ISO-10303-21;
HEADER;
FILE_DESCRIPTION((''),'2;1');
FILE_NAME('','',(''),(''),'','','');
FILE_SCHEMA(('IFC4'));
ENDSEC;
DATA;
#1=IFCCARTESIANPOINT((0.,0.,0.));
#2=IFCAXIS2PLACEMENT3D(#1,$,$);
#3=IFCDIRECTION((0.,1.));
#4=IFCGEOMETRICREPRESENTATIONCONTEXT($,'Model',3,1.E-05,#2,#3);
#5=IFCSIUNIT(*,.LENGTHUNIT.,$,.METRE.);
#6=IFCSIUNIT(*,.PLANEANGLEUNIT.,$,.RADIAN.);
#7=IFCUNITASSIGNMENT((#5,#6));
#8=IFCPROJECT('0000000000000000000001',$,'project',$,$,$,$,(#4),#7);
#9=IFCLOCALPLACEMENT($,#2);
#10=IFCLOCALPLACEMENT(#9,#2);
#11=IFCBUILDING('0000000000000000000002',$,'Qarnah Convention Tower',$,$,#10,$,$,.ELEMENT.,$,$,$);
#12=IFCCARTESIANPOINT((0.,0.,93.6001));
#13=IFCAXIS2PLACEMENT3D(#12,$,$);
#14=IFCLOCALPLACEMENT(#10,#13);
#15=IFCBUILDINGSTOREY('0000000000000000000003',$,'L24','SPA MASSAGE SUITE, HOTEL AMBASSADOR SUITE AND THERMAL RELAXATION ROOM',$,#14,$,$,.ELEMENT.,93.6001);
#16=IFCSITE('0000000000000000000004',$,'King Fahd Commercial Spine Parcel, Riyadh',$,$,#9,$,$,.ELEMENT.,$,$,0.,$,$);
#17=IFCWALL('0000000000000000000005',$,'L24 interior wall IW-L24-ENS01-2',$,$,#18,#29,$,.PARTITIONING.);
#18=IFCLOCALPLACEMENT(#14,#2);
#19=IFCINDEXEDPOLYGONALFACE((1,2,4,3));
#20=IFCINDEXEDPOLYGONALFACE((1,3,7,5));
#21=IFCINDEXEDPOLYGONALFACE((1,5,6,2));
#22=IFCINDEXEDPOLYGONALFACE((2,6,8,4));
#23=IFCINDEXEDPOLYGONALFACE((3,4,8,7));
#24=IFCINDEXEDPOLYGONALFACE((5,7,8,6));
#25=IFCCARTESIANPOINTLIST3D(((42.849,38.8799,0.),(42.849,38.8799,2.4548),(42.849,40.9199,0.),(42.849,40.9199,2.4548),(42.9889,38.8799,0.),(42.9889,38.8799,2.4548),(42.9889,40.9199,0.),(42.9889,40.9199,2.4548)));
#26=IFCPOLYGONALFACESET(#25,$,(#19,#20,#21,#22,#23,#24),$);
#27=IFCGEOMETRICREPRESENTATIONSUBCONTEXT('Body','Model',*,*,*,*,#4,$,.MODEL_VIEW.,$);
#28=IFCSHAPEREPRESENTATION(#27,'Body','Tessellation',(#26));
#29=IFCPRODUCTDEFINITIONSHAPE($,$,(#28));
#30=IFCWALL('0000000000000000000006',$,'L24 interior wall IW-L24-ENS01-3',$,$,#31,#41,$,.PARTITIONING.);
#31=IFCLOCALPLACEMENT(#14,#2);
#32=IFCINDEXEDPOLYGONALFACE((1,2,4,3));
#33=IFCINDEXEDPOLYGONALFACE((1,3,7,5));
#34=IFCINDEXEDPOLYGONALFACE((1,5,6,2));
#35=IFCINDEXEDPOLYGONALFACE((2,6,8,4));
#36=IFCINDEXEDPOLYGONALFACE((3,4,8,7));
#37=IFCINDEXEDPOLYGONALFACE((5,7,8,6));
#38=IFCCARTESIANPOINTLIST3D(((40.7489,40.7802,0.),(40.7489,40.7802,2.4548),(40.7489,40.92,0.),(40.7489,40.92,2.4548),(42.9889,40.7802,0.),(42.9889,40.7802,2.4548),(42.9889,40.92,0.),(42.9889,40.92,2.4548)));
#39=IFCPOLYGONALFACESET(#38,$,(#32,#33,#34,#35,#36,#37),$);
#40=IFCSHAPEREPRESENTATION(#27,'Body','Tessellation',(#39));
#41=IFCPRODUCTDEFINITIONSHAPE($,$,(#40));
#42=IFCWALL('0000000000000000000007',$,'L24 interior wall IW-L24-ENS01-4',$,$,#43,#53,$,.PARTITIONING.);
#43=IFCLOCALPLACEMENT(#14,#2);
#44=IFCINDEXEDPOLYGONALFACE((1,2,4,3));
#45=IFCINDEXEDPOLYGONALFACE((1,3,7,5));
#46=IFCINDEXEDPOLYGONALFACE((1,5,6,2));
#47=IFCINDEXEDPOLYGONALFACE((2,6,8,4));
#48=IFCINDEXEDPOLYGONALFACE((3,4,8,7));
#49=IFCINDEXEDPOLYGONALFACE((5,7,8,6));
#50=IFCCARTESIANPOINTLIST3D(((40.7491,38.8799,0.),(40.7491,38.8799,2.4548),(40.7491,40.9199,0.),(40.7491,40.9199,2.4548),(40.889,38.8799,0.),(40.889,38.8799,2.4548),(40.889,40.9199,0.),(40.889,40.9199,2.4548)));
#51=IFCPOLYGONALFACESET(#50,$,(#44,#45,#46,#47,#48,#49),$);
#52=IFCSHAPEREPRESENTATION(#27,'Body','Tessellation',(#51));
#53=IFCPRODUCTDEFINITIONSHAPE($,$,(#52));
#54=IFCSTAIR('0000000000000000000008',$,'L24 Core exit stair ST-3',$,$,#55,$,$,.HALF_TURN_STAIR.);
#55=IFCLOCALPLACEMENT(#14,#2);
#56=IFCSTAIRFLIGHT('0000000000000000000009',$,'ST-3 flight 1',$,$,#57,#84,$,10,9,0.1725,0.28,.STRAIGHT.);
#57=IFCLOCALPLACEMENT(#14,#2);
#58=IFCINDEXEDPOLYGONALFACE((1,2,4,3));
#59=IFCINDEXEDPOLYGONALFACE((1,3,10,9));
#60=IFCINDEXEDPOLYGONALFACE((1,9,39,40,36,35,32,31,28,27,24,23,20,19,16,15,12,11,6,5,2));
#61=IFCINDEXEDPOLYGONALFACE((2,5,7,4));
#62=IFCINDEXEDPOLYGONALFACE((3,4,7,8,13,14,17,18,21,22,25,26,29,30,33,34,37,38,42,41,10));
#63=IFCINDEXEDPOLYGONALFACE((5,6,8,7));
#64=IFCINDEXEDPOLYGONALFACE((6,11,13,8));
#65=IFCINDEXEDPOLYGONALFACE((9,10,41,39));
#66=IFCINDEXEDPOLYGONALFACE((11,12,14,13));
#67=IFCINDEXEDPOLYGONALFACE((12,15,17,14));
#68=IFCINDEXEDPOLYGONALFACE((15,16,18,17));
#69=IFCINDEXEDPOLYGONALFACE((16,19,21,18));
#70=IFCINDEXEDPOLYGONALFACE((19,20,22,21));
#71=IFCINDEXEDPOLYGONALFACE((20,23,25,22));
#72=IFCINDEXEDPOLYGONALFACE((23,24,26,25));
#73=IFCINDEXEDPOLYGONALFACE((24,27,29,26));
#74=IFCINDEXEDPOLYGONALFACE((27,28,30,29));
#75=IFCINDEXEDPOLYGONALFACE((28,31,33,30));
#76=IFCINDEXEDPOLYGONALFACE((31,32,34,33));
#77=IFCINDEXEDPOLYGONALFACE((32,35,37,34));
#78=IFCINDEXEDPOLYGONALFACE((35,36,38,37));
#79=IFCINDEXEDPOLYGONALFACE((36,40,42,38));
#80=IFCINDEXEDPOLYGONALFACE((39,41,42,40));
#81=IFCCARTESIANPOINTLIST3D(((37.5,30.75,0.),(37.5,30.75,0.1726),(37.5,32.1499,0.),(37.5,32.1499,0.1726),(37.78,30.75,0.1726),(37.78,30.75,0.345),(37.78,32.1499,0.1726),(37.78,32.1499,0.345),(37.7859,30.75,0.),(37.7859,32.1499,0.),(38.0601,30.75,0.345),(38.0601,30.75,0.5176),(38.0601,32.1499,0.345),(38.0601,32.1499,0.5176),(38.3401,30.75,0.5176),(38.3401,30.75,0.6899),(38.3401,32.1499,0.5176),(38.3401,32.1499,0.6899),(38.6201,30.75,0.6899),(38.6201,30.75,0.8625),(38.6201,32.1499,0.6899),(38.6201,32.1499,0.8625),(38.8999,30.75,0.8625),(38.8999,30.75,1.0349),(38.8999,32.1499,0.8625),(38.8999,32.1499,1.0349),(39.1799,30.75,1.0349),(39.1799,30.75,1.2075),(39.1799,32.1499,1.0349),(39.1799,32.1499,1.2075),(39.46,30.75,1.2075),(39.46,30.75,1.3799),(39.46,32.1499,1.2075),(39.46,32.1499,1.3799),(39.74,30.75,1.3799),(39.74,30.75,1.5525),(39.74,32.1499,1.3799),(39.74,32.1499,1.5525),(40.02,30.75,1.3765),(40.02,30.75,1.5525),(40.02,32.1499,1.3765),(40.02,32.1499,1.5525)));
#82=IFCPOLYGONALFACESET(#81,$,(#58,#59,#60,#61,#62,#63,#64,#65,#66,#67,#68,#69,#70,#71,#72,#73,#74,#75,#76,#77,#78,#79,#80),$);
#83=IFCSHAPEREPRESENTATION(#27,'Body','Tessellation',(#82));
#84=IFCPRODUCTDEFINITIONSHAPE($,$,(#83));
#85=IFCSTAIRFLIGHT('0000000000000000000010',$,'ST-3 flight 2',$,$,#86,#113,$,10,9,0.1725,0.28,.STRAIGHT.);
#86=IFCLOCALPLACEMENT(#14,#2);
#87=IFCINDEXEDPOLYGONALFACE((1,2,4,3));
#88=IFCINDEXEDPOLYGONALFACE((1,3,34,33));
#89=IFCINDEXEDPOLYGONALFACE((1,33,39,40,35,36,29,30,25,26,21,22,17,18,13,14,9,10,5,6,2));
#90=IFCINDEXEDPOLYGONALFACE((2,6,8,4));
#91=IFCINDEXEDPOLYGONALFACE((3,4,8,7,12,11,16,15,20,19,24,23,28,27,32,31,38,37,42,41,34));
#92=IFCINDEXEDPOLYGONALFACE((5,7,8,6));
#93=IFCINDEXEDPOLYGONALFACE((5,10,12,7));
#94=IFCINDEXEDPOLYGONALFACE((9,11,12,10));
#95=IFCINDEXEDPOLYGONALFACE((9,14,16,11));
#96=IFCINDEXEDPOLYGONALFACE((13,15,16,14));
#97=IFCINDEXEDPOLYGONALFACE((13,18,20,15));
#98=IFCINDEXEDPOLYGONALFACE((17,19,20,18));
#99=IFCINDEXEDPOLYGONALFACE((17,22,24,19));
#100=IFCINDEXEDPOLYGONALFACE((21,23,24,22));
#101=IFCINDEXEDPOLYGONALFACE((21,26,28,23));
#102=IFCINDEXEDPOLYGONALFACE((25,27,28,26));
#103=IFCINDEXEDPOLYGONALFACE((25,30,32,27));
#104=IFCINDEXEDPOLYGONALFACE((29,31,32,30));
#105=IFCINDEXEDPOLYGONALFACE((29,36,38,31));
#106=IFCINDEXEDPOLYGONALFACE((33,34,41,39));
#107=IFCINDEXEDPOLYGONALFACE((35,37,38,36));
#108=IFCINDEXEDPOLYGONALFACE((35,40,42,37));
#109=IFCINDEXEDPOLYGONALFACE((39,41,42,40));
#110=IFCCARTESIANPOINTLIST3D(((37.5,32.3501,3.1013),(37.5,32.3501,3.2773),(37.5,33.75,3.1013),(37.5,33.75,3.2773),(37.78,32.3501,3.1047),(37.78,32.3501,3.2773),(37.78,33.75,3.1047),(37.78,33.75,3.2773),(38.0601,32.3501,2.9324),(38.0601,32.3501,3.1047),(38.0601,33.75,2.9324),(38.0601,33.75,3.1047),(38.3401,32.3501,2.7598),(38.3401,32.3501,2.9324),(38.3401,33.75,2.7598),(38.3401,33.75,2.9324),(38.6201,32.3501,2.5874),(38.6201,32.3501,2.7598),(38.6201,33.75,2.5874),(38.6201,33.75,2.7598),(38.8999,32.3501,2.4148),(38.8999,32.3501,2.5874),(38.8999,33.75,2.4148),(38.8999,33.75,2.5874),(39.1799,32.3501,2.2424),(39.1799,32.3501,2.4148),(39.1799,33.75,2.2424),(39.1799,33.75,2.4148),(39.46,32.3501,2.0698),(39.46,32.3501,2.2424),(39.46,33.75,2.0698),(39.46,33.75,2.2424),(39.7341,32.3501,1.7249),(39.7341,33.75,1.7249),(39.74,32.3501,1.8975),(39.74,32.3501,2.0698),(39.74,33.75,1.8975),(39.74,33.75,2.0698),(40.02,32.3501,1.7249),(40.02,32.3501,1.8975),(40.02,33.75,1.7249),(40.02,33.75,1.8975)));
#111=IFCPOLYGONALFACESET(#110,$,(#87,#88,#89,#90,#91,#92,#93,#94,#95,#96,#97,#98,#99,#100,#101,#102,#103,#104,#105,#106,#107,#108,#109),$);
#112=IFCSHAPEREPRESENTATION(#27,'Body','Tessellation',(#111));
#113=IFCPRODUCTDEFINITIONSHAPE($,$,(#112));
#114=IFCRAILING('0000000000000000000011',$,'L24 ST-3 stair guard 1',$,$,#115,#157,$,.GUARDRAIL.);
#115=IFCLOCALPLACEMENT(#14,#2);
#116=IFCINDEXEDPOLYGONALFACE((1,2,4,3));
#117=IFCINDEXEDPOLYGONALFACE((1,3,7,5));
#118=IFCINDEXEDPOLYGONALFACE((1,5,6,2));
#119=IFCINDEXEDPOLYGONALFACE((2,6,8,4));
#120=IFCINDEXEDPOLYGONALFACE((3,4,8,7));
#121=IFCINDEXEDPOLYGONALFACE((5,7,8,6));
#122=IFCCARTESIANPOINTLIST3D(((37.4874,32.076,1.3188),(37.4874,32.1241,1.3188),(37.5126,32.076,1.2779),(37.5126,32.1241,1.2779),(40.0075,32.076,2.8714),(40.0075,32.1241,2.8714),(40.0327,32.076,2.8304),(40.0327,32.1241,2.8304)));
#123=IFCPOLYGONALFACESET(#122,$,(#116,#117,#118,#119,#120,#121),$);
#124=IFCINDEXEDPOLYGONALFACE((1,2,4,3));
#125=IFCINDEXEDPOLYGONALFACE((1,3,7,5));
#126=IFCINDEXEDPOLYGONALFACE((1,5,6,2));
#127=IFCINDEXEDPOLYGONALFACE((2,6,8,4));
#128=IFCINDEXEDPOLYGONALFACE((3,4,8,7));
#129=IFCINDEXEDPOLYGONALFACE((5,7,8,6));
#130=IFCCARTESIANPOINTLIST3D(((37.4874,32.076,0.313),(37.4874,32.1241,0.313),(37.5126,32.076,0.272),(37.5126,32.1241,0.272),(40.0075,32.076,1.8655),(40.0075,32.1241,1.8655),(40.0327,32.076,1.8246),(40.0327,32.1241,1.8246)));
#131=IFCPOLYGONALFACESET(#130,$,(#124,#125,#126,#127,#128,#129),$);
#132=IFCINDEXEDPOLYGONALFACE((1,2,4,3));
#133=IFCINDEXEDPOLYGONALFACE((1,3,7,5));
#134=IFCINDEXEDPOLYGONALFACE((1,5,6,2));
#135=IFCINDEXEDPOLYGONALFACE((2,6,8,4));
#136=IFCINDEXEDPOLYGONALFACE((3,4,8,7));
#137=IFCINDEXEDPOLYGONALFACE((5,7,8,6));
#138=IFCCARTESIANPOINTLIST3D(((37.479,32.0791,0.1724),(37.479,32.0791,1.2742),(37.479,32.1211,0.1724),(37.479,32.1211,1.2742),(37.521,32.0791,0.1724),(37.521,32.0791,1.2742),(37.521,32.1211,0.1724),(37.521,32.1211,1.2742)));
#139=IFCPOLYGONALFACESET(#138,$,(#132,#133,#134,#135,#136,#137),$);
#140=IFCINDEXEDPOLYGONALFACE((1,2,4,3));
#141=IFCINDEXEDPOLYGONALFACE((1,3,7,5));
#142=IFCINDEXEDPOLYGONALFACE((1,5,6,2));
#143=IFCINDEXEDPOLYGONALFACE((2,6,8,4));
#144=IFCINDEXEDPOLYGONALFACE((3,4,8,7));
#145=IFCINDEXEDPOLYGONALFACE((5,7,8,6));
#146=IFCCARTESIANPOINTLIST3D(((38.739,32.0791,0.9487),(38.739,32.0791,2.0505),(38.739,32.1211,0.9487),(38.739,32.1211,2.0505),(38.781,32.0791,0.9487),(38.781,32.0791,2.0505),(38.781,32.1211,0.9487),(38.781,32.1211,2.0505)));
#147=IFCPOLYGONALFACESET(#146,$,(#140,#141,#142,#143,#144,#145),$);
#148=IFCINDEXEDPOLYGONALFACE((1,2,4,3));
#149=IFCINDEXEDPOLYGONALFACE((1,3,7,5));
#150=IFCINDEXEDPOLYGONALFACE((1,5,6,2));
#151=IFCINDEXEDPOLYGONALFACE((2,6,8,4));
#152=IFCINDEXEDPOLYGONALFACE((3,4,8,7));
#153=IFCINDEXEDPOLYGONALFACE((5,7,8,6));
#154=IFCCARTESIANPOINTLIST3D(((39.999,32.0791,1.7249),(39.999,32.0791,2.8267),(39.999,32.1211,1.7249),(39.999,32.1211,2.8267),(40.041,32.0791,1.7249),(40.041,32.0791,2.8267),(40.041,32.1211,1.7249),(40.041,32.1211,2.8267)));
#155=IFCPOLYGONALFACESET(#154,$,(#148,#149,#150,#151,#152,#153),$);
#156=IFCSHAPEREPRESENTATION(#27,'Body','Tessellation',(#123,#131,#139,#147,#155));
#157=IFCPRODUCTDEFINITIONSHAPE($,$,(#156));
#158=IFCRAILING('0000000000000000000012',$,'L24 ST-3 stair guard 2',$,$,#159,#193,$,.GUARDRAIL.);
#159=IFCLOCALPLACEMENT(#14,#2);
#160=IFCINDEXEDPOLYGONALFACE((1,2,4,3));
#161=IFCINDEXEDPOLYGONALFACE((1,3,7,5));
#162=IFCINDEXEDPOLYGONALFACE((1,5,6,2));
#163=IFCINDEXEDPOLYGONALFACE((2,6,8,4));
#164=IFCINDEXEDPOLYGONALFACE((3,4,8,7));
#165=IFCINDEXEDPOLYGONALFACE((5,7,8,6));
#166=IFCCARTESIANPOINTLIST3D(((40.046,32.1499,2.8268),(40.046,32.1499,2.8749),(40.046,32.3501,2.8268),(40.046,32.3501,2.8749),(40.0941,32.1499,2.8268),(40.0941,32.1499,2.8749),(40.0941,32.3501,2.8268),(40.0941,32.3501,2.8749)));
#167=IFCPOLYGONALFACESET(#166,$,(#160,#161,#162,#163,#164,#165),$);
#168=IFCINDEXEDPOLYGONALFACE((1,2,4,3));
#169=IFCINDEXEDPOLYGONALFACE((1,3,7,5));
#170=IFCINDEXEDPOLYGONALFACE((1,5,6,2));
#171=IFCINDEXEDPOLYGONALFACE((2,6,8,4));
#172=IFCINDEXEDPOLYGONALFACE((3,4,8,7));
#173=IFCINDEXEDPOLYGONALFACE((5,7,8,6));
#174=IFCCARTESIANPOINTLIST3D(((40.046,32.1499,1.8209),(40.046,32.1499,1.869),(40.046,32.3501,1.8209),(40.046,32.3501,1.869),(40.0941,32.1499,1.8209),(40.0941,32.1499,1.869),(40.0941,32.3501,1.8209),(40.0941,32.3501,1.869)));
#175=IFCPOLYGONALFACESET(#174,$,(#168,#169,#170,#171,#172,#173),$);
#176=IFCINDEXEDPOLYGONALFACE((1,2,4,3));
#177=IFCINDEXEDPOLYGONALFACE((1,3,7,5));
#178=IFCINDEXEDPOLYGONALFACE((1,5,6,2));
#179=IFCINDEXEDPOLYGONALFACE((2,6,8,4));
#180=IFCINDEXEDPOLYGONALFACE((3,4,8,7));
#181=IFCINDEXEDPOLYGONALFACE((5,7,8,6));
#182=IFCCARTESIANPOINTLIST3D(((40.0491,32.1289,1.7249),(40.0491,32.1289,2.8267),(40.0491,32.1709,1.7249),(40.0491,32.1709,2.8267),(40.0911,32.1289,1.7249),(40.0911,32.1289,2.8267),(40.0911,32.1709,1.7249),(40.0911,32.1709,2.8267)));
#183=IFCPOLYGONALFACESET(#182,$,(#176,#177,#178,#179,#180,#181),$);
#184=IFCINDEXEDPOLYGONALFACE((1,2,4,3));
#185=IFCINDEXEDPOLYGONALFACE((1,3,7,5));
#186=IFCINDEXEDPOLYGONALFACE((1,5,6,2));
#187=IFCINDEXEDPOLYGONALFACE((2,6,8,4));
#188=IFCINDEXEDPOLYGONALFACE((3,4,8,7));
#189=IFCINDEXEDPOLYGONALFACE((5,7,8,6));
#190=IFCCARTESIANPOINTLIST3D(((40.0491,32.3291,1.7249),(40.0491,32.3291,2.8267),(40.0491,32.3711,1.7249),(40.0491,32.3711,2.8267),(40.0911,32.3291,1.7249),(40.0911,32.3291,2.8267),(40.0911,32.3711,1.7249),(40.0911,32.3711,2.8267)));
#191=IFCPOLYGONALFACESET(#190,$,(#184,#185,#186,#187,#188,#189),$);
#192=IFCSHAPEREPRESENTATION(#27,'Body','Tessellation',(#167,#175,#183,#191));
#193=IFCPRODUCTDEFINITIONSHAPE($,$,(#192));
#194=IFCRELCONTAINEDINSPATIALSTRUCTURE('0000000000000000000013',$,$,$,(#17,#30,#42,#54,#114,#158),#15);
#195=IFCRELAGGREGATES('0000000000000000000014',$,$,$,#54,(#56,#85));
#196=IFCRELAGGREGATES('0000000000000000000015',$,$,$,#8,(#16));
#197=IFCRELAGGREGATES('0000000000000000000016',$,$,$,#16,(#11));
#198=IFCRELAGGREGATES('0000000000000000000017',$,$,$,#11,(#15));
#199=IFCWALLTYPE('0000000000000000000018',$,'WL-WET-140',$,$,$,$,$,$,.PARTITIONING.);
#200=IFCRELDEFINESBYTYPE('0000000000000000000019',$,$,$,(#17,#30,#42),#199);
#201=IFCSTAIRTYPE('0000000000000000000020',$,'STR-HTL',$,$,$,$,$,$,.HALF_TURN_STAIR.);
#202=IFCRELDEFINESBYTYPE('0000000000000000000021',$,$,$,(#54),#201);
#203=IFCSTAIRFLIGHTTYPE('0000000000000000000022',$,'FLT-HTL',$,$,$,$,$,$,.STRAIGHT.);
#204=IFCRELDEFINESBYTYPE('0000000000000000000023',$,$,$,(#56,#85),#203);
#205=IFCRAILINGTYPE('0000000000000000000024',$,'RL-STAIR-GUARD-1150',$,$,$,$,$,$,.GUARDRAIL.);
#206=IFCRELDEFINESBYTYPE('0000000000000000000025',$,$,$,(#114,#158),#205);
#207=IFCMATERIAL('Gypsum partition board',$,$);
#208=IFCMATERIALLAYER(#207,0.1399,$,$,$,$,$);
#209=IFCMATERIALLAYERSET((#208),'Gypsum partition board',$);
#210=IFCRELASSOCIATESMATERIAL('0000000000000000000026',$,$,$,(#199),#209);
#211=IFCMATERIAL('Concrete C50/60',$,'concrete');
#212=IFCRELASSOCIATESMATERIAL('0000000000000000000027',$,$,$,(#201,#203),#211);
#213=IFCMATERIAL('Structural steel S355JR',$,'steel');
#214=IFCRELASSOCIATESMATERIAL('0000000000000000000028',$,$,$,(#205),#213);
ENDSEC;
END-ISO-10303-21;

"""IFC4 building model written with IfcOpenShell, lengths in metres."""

from ifc_helpers import new_model, si_unit, direction, frame, frame_2d, origin, origin_2d, place, context, subcontext, project, spatial, polyline, rectangle, outline, extrude, material, layer, layer_set, type_object, element, aggregate, save


model = new_model("IFC4")

# Units and contexts
model_context = context("Model", 3, precision=1e-05, world=origin(), true_north=direction((0.0, 1.0)))
body_context = subcontext(model_context, "Body", "Model", "MODEL_VIEW")
ifc_project = project(units=[si_unit("LENGTHUNIT", "METRE"), si_unit("PLANEANGLEUNIT", "RADIAN")], contexts=[model_context])

# Site, building, storey
site_placement = place(None, origin())
site = spatial("IfcSite", under=ifc_project, at=site_placement, Name="King Fahd Commercial Spine Parcel, Riyadh", CompositionType="ELEMENT", RefElevation=0.0)
building_placement = place(site_placement, origin())
building = spatial("IfcBuilding", under=site, at=building_placement, Name="Qarnah Convention Tower", CompositionType="ELEMENT")
storey_placement = place(building_placement, frame((0.0, 0.0, 93.6001)))
storey = spatial("IfcBuildingStorey", under=building, at=storey_placement, Name="L24", Description="SPA MASSAGE SUITE, HOTEL AMBASSADOR SUITE AND THERMAL RELAXATION ROOM", CompositionType="ELEMENT", Elevation=93.6001)

# Shared definitions
ifc_material_1 = material(Name="Structural steel S355JR", Category="steel")

# Shared definitions
ifc_material_2 = material(Name="Gypsum partition board")

# Shared definitions
ifc_layer_1 = layer(ifc_material_2, 0.1399)
ifc_layer_set_1 = layer_set([ifc_layer_1], Name="Gypsum partition board")
wall_type_1 = type_object("IfcWallType", Name="WL-WET-140", PredefinedType="PARTITIONING", material=ifc_layer_set_1)

# Walls
wall_1_placement = place(storey_placement, frame((42.9189, 38.8799, 0.0), z_axis=(0.0, 0.0, 1.0), x_axis=(0.0, 1.0, 0.0)))
element("IfcWall", 1, at=wall_1_placement, inside=storey, type_object=wall_type_1, Name="L24 interior wall IW-L24-ENS01-2", PredefinedType="PARTITIONING", context=body_context, shape_type="SweptSolid", body=[
    extrude(rectangle(XDim=2.04, YDim=0.1399, at=frame_2d((1.02, 0.0))), origin(), (0.0, 0.0, 1.0), 2.4548),
])
wall_2_placement = place(storey_placement, frame((42.989, 40.8501, 0.0), z_axis=(0.0, 0.0, 1.0), x_axis=(-1.0, 0.0, 0.0)))
element("IfcWall", 2, at=wall_2_placement, inside=storey, type_object=wall_type_1, Name="L24 interior wall IW-L24-ENS01-3", PredefinedType="PARTITIONING", context=body_context, shape_type="SweptSolid", body=[
    extrude(rectangle(XDim=2.24, YDim=0.1399, at=frame_2d((1.1201, 0.0))), origin(), (0.0, 0.0, 1.0), 2.4548),
])
wall_3_placement = place(storey_placement, frame((40.8191, 40.9199, 0.0), z_axis=(0.0, 0.0, 1.0), x_axis=(0.0, -1.0, 0.0)))
element("IfcWall", 3, at=wall_3_placement, inside=storey, type_object=wall_type_1, Name="L24 interior wall IW-L24-ENS01-4", PredefinedType="PARTITIONING", context=body_context, shape_type="SweptSolid", body=[
    extrude(rectangle(XDim=2.04, YDim=0.1399, at=frame_2d((1.02, 0.0))), origin(), (0.0, 0.0, 1.0), 2.4548),
])

# Stair, stair flights
ifc_material_3 = material(Name="Concrete C50/60", Category="concrete")
stair_type = type_object("IfcStairType", Name="STR-HTL", PredefinedType="HALF_TURN_STAIR", material=ifc_material_3)
stair_placement = place(storey_placement, origin())
stair = element("IfcStair", 4, at=stair_placement, inside=storey, type_object=stair_type, Name="L24 Core exit stair ST-3", PredefinedType="HALF_TURN_STAIR")
stair_flight_type = type_object("IfcStairFlightType", Name="FLT-HTL", PredefinedType="STRAIGHT", material=ifc_material_3)
stair_flight_1_placement = place(storey_placement, frame((37.5, 31.45, 0.0), z_axis=(0.0, 0.0, 1.0), x_axis=(1.0, 0.0, 0.0)))
stair_flight_1 = element("IfcStairFlight", 5, at=stair_flight_1_placement, type_object=stair_flight_type, Name="ST-3 flight 1", NumberOfRisers=10, NumberOfTreads=9, PredefinedType="STRAIGHT", RiserHeight=0.1725, TreadLength=0.28, context=body_context, shape_type="SweptSolid", body=[
    extrude(outline(polyline([(0.0, 0.0), (0.0, 0.1726), (0.28, 0.1726), (0.28, 0.345), (0.5601, 0.345), (0.5601, 0.5176), (0.8401, 0.5176), (0.8401, 0.6899), (1.1201, 0.6899), (1.1201, 0.8625), (1.3999, 0.8625), (1.3999, 1.0349), (1.6799, 1.0349), (1.6799, 1.2075), (1.96, 1.2075), (1.96, 1.3799), (2.24, 1.3799), (2.24, 1.5525), (2.52, 1.5525), (2.52, 1.7251), (2.52, 1.3765), (0.2859, 0.0), (0.0, 0.0)])), frame((0.0, 0.7, 0.0), z_axis=(0.0, -1.0, 0.0), x_axis=(1.0, 0.0, 0.0)), (0.0, 0.0, 1.0), 1.3999),
])
stair_flight_2_placement = place(storey_placement, frame((40.02, 33.05, 1.7249), z_axis=(0.0, 0.0, 1.0), x_axis=(-1.0, 0.0, 0.0)))
stair_flight_2 = element("IfcStairFlight", 6, at=stair_flight_2_placement, type_object=stair_flight_type, Name="ST-3 flight 2", NumberOfRisers=10, NumberOfTreads=9, PredefinedType="STRAIGHT", RiserHeight=0.1725, TreadLength=0.28, context=body_context, shape_type="SweptSolid", body=[
    extrude(outline(polyline([(0.0, 0.0), (0.0, 0.1726), (0.28, 0.1726), (0.28, 0.345), (0.5601, 0.345), (0.5601, 0.5176), (0.8401, 0.5176), (0.8401, 0.6899), (1.1201, 0.6899), (1.1201, 0.8625), (1.3999, 0.8625), (1.3999, 1.0349), (1.6799, 1.0349), (1.6799, 1.2075), (1.96, 1.2075), (1.96, 1.3799), (2.24, 1.3799), (2.24, 1.5525), (2.52, 1.5525), (2.52, 1.7251), (2.52, 1.3765), (0.2859, 0.0), (0.0, 0.0)])), frame((0.0, 0.7, 0.0), z_axis=(0.0, -1.0, 0.0), x_axis=(1.0, 0.0, 0.0)), (0.0, 0.0, 1.0), 1.3999),
])
aggregate(stair, [stair_flight_1, stair_flight_2])

# Railings
railing_type_1 = type_object("IfcRailingType", Name="RL-STAIR-GUARD-1150", PredefinedType="GUARDRAIL", material=ifc_material_1)
railing_1_placement = place(storey_placement, frame((37.5, 32.1001, 0.1724)))
element("IfcRailing", 7, at=railing_1_placement, inside=storey, type_object=railing_type_1, Name="L24 ST-3 stair guard 1", PredefinedType="GUARDRAIL", context=body_context, shape_type="SweptSolid", body=[
    extrude(rectangle(XDim=0.0481, YDim=0.0481, at=origin_2d()), frame((0.0, 0.0, 1.126), z_axis=(0.8514, 0.0, 0.524516), x_axis=(0.0, 1.0, 0.0)), (0.0, 0.0, 1.0), 2.96),
    extrude(rectangle(XDim=0.0481, YDim=0.0481, at=origin_2d()), frame((0.0, 0.0, 0.1201), z_axis=(0.8514, 0.0, 0.524516), x_axis=(0.0, 1.0, 0.0)), (0.0, 0.0, 1.0), 2.96),
    extrude(rectangle(XDim=0.042, YDim=0.042, at=origin_2d()), origin(), (0.0, 0.0, 1.0), 1.1018),
    extrude(rectangle(XDim=0.042, YDim=0.042, at=origin_2d()), frame((1.26, 0.0, 0.7764)), (0.0, 0.0, 1.0), 1.1018),
    extrude(rectangle(XDim=0.042, YDim=0.042, at=origin_2d()), frame((2.52, 0.0, 1.5525)), (0.0, 0.0, 1.0), 1.1018),
])
railing_2_placement = place(storey_placement, frame((40.0701, 32.1499, 1.7249)))
element("IfcRailing", 8, at=railing_2_placement, inside=storey, type_object=railing_type_1, Name="L24 ST-3 stair guard 2", PredefinedType="GUARDRAIL", context=body_context, shape_type="SweptSolid", body=[
    extrude(rectangle(XDim=0.0481, YDim=0.0481, at=origin_2d()), frame((0.0, 0.0, 1.126), z_axis=(0.0, 1.0, 0.0), x_axis=(-1.0, 0.0, 0.0)), (0.0, 0.0, 1.0), 0.2002),
    extrude(rectangle(XDim=0.0481, YDim=0.0481, at=origin_2d()), frame((0.0, 0.0, 0.1201), z_axis=(0.0, 1.0, 0.0), x_axis=(-1.0, 0.0, 0.0)), (0.0, 0.0, 1.0), 0.2002),
    extrude(rectangle(XDim=0.042, YDim=0.042, at=origin_2d()), origin(), (0.0, 0.0, 1.0), 1.1018),
    extrude(rectangle(XDim=0.042, YDim=0.042, at=origin_2d()), frame((0.0, 0.2002, 0.0)), (0.0, 0.0, 1.0), 1.1018),
])

save(model, "model.ifc")
